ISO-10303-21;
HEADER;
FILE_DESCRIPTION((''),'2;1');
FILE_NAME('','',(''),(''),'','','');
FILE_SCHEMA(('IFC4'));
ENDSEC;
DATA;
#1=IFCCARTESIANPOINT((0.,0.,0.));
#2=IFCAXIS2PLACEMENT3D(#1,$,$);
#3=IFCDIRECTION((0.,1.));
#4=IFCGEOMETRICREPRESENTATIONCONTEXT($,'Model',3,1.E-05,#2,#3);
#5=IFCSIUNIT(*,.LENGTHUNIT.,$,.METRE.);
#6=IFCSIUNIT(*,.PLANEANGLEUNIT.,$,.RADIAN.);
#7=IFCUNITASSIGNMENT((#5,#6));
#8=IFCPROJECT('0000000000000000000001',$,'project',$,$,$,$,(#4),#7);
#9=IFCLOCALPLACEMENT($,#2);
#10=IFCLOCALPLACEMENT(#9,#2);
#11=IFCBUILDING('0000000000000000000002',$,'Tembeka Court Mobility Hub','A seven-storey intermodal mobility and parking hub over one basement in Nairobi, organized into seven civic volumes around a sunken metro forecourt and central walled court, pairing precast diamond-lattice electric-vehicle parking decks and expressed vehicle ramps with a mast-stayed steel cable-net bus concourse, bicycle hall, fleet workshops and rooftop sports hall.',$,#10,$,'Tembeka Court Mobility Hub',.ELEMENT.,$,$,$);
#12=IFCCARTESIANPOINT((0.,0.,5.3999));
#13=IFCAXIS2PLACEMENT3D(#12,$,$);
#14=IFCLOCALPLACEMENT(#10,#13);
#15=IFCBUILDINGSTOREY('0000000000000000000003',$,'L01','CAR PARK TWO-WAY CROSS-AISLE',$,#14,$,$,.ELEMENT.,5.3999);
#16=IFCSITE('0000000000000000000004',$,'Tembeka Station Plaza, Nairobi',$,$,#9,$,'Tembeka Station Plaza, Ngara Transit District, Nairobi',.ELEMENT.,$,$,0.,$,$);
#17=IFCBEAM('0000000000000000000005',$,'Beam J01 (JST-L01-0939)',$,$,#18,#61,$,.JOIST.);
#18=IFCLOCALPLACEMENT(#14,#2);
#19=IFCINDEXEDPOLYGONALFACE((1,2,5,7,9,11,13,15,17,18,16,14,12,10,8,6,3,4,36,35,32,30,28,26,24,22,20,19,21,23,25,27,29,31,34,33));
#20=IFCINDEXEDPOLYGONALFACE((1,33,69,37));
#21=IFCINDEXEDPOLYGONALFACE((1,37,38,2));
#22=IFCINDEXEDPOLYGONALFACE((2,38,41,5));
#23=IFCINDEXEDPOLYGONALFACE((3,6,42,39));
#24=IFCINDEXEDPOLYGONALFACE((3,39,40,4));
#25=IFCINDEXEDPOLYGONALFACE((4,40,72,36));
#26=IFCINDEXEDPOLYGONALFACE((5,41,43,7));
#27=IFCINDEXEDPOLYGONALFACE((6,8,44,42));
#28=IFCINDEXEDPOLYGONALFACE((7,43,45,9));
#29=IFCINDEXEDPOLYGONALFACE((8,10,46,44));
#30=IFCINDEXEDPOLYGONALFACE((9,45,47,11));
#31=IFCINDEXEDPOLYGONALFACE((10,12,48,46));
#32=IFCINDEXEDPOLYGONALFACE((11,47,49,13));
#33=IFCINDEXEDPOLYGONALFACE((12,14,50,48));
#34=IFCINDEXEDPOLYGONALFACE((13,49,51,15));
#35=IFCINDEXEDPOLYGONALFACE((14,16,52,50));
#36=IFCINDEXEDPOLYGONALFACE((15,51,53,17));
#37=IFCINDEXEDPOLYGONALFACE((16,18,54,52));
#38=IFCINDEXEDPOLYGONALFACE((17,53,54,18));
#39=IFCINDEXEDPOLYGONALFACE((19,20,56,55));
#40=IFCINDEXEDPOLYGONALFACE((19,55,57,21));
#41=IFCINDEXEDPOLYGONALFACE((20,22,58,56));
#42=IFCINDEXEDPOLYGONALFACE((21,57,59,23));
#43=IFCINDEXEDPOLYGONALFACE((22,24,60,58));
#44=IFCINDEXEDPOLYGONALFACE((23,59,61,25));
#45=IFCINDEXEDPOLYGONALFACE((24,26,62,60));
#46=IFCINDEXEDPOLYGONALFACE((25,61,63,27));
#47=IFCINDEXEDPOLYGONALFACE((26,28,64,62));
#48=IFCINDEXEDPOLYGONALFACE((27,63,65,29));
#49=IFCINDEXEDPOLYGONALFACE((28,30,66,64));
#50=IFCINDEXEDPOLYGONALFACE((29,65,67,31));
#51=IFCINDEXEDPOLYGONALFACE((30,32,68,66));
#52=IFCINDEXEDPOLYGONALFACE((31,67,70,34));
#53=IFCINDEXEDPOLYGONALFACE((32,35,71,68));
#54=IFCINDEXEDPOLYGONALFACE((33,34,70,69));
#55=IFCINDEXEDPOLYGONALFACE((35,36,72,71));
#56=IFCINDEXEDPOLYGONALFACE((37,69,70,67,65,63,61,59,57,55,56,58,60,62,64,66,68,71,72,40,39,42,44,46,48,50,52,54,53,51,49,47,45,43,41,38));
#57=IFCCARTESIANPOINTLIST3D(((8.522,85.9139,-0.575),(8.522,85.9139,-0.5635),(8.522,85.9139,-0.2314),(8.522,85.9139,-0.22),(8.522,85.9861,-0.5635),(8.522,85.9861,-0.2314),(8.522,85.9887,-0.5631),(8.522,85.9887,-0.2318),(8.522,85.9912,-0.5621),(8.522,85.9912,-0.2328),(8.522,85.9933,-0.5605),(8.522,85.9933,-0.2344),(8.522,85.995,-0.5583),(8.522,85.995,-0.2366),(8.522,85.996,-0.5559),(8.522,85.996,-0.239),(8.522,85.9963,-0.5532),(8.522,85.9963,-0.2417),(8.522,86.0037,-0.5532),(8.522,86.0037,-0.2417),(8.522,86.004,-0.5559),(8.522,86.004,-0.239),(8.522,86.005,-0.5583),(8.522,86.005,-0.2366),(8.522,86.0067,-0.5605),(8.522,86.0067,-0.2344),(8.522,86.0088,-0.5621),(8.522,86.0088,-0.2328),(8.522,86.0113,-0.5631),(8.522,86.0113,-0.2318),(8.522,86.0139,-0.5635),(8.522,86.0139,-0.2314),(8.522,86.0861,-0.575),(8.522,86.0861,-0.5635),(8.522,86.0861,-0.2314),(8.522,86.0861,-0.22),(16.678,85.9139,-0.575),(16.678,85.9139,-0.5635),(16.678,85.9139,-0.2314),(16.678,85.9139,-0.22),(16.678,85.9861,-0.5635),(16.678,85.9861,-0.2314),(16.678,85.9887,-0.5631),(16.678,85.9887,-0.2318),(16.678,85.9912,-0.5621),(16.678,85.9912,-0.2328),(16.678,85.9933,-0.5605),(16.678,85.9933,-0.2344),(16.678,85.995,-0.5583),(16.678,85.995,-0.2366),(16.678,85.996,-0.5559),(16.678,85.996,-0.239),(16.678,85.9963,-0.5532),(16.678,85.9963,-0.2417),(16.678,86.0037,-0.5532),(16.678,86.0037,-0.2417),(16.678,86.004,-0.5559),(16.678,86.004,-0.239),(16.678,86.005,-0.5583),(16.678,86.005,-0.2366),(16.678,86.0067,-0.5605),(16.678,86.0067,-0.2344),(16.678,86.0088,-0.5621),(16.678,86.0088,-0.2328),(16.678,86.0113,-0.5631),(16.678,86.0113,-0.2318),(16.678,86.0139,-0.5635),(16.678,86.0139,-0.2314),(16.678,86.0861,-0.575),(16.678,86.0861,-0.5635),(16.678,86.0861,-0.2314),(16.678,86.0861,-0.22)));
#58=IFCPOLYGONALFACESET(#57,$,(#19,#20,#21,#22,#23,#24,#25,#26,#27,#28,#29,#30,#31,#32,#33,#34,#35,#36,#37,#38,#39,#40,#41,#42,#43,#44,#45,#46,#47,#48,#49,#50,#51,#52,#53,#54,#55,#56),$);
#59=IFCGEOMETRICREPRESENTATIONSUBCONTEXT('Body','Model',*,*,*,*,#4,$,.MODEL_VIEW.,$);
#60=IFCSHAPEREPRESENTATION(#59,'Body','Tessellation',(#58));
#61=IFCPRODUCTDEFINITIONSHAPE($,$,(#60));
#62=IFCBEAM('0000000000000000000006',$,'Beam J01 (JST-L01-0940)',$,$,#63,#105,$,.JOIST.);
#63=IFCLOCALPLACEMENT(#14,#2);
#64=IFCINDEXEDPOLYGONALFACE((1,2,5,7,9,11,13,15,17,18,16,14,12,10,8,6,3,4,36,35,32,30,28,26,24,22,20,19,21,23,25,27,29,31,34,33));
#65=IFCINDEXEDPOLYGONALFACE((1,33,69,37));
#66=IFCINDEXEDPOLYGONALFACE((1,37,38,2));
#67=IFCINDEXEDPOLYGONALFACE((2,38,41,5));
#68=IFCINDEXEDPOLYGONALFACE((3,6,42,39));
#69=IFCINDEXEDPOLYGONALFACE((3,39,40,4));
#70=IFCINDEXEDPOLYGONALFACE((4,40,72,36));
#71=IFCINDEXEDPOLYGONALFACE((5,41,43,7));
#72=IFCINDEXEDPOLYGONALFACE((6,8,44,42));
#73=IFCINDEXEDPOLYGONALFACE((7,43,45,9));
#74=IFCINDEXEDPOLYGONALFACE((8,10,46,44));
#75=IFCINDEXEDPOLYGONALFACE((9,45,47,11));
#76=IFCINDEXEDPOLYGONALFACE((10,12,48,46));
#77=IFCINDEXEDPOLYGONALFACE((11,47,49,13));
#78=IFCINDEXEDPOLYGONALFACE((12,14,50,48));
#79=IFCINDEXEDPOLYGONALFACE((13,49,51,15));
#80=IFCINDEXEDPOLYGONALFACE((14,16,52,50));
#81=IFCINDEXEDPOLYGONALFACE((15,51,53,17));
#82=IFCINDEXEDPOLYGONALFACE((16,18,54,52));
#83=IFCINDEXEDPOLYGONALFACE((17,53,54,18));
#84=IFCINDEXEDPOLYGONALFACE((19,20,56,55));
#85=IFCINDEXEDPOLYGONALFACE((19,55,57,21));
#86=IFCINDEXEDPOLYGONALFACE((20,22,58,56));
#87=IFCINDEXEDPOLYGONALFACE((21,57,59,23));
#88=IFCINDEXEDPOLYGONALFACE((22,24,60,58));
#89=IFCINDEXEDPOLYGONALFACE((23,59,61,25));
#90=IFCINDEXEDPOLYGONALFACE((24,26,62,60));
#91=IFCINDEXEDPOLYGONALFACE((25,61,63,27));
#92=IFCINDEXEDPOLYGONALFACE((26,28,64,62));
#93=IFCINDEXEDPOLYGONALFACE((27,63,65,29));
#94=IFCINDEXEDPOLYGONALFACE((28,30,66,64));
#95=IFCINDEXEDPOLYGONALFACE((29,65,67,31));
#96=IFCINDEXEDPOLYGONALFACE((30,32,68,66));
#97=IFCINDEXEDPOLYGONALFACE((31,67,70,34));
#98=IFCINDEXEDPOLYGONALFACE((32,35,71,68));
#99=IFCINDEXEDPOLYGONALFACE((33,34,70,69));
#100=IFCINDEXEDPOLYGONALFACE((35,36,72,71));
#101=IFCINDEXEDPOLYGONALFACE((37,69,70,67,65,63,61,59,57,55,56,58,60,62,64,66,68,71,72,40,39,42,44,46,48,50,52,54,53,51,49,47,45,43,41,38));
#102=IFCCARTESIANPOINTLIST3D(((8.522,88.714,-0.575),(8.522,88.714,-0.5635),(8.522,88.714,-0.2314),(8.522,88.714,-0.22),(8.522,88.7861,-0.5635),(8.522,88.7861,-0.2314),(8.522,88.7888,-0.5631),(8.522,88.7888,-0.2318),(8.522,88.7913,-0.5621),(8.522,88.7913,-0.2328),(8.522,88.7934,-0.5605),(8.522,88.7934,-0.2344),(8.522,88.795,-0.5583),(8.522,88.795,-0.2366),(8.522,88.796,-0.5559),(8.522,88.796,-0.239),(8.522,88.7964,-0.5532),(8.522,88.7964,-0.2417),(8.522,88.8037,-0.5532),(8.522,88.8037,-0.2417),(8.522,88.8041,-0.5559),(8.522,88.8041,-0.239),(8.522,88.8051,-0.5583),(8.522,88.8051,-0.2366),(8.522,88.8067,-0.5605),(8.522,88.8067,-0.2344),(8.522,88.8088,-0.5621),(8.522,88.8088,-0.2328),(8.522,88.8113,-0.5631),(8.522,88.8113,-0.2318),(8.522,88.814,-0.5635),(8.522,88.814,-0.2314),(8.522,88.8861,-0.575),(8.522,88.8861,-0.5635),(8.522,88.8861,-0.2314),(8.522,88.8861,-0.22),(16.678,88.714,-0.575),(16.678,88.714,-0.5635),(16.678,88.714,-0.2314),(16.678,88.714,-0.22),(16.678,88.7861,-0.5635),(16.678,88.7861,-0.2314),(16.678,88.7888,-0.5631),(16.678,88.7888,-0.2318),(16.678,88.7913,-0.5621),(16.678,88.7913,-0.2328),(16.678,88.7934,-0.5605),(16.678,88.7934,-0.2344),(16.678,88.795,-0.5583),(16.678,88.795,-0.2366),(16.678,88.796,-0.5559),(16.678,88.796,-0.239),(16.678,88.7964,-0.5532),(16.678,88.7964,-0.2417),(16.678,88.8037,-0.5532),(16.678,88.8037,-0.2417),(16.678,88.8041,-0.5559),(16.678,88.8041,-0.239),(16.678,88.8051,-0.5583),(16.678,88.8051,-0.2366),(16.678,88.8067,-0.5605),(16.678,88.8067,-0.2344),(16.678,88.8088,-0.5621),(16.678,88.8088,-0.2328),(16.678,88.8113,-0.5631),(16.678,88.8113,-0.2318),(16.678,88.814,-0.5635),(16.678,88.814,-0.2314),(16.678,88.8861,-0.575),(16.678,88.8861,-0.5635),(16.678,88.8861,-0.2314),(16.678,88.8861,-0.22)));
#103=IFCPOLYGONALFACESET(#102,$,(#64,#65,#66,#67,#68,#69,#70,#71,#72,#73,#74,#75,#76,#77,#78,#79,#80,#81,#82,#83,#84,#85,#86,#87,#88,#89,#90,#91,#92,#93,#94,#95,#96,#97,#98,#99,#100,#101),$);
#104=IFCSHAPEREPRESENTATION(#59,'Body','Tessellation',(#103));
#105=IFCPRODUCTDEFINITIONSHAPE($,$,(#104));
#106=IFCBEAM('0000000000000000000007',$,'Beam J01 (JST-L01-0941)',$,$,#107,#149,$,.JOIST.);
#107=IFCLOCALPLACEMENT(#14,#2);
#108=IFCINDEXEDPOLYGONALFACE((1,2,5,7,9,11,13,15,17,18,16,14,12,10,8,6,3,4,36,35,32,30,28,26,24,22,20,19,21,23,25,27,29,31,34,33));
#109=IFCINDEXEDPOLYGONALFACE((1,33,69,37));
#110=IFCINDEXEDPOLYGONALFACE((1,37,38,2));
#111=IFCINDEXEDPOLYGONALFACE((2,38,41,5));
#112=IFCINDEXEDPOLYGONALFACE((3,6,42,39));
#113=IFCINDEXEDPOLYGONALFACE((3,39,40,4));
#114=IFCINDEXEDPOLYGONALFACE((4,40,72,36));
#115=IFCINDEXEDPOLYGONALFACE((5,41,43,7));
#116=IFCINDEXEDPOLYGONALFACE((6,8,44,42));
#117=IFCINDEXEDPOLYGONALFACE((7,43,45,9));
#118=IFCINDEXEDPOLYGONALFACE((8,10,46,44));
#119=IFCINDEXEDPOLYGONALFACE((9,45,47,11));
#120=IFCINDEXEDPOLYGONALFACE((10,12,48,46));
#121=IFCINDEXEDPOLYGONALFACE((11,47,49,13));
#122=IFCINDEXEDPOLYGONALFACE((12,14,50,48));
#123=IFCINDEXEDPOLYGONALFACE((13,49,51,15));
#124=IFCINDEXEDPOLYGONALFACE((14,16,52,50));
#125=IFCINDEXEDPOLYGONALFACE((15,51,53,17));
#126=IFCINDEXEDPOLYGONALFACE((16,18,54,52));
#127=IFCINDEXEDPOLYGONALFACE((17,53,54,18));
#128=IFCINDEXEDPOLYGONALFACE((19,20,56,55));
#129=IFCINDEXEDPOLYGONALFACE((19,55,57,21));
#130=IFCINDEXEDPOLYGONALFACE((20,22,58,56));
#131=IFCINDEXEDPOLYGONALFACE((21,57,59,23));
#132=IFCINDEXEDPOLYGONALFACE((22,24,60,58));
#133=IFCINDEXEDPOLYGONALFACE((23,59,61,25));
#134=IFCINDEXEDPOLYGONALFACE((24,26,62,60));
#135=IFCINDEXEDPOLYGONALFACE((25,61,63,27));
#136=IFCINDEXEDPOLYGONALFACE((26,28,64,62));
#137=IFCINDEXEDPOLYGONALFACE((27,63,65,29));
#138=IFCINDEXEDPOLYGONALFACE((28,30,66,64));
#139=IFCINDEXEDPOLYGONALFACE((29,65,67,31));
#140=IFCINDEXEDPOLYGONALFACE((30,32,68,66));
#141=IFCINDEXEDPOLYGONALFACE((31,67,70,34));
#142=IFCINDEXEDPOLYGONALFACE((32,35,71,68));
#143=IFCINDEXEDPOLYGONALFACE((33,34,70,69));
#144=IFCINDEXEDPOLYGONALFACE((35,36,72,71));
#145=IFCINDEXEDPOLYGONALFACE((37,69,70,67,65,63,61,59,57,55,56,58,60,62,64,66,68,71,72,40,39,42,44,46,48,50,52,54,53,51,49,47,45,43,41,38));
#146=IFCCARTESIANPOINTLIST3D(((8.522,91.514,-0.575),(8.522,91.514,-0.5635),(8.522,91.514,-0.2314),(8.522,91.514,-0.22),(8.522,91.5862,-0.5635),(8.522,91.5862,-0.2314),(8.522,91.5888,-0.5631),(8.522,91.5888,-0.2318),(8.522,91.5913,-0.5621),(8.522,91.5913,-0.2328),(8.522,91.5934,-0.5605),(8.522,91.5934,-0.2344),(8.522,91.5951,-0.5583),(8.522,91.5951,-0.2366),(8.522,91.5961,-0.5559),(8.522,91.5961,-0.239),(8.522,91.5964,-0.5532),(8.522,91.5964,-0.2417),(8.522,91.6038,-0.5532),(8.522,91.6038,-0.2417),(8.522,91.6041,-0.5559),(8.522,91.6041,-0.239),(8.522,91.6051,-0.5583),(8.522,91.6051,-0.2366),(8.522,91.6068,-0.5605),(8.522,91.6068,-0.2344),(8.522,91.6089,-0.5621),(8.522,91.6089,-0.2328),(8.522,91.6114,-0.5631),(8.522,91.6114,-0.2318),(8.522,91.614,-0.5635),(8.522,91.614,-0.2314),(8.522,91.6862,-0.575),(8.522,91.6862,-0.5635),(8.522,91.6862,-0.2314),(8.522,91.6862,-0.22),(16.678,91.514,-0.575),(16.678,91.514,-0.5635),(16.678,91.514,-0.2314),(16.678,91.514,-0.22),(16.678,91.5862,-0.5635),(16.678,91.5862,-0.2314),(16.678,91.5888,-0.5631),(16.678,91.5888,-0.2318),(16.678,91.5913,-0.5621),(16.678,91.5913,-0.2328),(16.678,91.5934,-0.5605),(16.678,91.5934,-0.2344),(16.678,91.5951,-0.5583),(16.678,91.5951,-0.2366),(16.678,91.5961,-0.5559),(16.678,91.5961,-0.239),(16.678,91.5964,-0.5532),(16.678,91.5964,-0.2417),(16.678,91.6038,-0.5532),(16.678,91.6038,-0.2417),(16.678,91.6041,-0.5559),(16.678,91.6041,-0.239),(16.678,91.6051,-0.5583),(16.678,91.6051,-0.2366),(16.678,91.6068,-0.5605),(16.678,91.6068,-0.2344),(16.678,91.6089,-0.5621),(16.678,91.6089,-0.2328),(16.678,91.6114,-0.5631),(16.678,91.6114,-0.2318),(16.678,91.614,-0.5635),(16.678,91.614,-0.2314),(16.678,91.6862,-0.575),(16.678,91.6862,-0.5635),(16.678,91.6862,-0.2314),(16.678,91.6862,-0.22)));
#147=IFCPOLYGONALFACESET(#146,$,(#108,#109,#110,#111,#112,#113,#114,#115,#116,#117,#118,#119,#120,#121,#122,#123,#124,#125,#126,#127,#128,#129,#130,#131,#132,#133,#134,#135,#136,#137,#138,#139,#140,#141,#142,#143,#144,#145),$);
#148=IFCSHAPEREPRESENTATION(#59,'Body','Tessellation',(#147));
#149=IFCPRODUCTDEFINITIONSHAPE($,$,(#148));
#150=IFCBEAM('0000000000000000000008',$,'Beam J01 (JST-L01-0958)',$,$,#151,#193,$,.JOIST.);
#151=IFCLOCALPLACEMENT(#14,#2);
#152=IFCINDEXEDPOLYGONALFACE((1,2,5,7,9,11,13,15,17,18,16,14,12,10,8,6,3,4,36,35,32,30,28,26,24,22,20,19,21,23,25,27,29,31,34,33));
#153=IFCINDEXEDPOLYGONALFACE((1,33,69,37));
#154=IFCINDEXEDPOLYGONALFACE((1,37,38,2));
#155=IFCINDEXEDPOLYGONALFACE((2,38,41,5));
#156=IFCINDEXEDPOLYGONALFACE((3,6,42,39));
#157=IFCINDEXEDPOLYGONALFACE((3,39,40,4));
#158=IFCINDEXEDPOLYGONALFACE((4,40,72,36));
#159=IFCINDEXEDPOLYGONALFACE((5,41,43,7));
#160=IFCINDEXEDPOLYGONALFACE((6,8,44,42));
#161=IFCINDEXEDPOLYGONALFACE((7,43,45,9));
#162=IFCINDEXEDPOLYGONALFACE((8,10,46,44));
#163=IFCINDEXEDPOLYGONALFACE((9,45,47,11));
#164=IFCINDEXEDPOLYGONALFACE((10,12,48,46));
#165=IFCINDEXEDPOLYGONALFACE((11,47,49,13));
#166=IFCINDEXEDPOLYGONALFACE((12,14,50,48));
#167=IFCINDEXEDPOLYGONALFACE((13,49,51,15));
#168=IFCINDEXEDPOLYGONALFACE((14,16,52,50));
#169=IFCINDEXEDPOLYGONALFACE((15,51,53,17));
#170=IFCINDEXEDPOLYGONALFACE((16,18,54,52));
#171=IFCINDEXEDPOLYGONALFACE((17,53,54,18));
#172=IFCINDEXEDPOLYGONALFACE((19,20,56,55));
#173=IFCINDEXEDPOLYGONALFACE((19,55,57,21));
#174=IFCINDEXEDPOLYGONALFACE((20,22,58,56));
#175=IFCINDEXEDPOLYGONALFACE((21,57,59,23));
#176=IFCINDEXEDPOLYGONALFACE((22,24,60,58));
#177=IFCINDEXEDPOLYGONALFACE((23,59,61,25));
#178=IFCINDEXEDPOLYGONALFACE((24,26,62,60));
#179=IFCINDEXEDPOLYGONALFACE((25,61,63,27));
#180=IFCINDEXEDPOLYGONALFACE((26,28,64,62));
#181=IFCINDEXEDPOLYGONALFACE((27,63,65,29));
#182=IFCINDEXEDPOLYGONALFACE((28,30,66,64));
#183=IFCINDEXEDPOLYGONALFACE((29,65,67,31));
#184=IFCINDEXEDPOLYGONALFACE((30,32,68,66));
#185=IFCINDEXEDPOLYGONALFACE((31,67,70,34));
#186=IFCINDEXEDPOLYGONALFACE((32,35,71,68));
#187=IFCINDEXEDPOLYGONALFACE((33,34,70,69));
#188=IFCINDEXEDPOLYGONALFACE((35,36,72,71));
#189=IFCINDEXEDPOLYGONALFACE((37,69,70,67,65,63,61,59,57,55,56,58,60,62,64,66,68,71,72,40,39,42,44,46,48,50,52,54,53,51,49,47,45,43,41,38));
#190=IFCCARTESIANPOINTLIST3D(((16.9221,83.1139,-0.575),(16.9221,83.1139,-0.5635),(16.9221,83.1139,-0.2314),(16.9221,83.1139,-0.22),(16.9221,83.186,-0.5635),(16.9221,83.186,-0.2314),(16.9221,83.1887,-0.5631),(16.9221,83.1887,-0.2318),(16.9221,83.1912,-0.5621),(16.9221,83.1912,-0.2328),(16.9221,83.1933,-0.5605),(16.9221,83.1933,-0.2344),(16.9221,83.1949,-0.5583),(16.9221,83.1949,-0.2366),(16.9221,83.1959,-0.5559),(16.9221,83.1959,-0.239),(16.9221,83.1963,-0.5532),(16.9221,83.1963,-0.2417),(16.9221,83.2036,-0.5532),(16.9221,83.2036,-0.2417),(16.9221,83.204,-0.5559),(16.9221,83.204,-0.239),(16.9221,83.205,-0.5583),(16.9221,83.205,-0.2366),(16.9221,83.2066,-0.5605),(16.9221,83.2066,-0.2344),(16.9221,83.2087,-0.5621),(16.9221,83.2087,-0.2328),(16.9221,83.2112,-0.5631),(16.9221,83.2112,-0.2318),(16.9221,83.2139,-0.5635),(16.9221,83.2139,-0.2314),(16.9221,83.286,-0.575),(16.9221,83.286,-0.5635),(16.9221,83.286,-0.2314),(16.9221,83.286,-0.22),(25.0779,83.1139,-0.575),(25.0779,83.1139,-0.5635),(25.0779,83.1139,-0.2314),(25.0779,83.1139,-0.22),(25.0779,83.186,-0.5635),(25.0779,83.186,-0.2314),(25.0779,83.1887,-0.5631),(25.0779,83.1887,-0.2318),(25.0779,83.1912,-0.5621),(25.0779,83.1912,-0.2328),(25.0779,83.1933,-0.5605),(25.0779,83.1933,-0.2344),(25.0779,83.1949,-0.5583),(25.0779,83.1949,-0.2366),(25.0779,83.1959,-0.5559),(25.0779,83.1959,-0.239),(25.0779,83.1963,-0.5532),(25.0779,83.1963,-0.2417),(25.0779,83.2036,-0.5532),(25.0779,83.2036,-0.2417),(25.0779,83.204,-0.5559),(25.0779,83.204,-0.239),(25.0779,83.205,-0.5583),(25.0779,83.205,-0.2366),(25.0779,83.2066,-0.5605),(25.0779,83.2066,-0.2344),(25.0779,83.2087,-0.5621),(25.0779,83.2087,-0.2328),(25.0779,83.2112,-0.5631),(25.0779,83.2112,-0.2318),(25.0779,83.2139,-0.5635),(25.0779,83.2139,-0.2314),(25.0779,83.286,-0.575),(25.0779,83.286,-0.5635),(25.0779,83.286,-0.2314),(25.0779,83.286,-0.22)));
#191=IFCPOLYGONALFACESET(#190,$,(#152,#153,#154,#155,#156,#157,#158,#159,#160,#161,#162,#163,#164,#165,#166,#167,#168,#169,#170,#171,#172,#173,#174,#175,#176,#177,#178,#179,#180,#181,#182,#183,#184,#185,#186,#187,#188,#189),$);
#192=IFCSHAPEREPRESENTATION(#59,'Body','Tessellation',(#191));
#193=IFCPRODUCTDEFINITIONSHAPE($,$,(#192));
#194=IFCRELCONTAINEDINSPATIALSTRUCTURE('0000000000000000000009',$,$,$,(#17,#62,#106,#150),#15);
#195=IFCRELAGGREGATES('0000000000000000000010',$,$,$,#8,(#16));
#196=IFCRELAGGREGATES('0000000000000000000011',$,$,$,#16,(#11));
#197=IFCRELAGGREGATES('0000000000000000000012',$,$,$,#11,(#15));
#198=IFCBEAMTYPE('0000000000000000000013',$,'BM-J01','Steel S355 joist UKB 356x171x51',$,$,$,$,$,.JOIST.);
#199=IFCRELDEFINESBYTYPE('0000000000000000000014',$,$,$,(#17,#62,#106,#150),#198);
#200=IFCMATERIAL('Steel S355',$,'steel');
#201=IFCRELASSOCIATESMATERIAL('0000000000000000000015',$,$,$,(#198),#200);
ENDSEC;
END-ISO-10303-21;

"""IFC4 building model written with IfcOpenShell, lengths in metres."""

from ifc_helpers import new_model, si_unit, direction, frame, origin, origin_2d, place, context, subcontext, project, spatial, i_section, extrude, material, material_profile, profile_set, type_object, element, save


model = new_model("IFC4")

# Units and contexts
model_context = context("Model", 3, precision=1e-05, world=origin(), true_north=direction((0.0, 1.0)))
body_context = subcontext(model_context, "Body", "Model", "MODEL_VIEW")
ifc_project = project(units=[si_unit("LENGTHUNIT", "METRE"), si_unit("PLANEANGLEUNIT", "RADIAN")], contexts=[model_context])

# Site, building, storey
site_placement = place(None, origin())
site = spatial("IfcSite", under=ifc_project, at=site_placement, Name="Tembeka Station Plaza, Nairobi", LongName="Tembeka Station Plaza, Ngara Transit District, Nairobi", CompositionType="ELEMENT", RefElevation=0.0)
building_placement = place(site_placement, origin())
building = spatial("IfcBuilding", under=site, at=building_placement, Name="Tembeka Court Mobility Hub", Description="A seven-storey intermodal mobility and parking hub over one basement in Nairobi, organized into seven civic volumes around a sunken metro forecourt and central walled court, pairing precast diamond-lattice electric-vehicle parking decks and expressed vehicle ramps with a mast-stayed steel cable-net bus concourse, bicycle hall, fleet workshops and rooftop sports hall.", LongName="Tembeka Court Mobility Hub", CompositionType="ELEMENT")
storey_placement = place(building_placement, frame((0.0, 0.0, 5.3999)))
storey = spatial("IfcBuildingStorey", under=building, at=storey_placement, Name="L01", Description="CAR PARK TWO-WAY CROSS-AISLE", CompositionType="ELEMENT", Elevation=5.3999)

# Shared definitions
ifc_material_1 = material(Name="Steel S355", Category="steel")

# Beams
ifc_material_profile_1 = material_profile(ifc_material_1, i_section(OverallWidth=0.1721, OverallDepth=0.355, WebThickness=0.0073, FlangeThickness=0.0115, FilletRadius=0.0103, at=origin_2d()), Name="UKB 356x171x51")
ifc_profile_set_1 = profile_set([ifc_material_profile_1], Name="Steel S355")
beam_type_1 = type_object("IfcBeamType", Name="BM-J01", Description="Steel S355 joist UKB 356x171x51", PredefinedType="JOIST", material=ifc_profile_set_1)
for number, where, z_axis, x_axis, name in (
    (1, (8.522, 86.0, -0.3975), (1.0, 0.0, 0.0), (0.0, 1.0, 0.0), "Beam J01 (JST-L01-0939)"),
    (2, (8.522, 88.8, -0.3975), (1.0, 0.0, 0.0), (0.0, 1.0, 0.0), "Beam J01 (JST-L01-0940)"),
    (3, (8.522, 91.6001, -0.3975), (1.0, 0.0, 0.0), (0.0, 1.0, 0.0), "Beam J01 (JST-L01-0941)"),
):
    element("IfcBeam", number, at=place(storey_placement, frame(where, z_axis=z_axis, x_axis=x_axis)), inside=storey, type_object=beam_type_1, Name=name, PredefinedType="JOIST", context=body_context, shape_type="SweptSolid", body=[
        extrude(i_section(OverallWidth=0.1721, OverallDepth=0.355, WebThickness=0.0073, FlangeThickness=0.0115, FilletRadius=0.0103, at=origin_2d()), origin(), (0.0, 0.0, 1.0), 8.156),
    ])
for number, where, z_axis, x_axis, name in (
    (4, (16.9221, 83.2, -0.3975), (1.0, 0.0, 0.0), (0.0, 1.0, 0.0), "Beam J01 (JST-L01-0958)"),
):
    element("IfcBeam", number, at=place(storey_placement, frame(where, z_axis=z_axis, x_axis=x_axis)), inside=storey, type_object=beam_type_1, Name=name, PredefinedType="JOIST", context=body_context, shape_type="SweptSolid", body=[
        extrude(i_section(OverallWidth=0.1721, OverallDepth=0.355, WebThickness=0.0073, FlangeThickness=0.0115, FilletRadius=0.0103, at=origin_2d()), origin(), (0.0, 0.0, 1.0), 8.1558),
    ])

save(model, "model.ifc")
